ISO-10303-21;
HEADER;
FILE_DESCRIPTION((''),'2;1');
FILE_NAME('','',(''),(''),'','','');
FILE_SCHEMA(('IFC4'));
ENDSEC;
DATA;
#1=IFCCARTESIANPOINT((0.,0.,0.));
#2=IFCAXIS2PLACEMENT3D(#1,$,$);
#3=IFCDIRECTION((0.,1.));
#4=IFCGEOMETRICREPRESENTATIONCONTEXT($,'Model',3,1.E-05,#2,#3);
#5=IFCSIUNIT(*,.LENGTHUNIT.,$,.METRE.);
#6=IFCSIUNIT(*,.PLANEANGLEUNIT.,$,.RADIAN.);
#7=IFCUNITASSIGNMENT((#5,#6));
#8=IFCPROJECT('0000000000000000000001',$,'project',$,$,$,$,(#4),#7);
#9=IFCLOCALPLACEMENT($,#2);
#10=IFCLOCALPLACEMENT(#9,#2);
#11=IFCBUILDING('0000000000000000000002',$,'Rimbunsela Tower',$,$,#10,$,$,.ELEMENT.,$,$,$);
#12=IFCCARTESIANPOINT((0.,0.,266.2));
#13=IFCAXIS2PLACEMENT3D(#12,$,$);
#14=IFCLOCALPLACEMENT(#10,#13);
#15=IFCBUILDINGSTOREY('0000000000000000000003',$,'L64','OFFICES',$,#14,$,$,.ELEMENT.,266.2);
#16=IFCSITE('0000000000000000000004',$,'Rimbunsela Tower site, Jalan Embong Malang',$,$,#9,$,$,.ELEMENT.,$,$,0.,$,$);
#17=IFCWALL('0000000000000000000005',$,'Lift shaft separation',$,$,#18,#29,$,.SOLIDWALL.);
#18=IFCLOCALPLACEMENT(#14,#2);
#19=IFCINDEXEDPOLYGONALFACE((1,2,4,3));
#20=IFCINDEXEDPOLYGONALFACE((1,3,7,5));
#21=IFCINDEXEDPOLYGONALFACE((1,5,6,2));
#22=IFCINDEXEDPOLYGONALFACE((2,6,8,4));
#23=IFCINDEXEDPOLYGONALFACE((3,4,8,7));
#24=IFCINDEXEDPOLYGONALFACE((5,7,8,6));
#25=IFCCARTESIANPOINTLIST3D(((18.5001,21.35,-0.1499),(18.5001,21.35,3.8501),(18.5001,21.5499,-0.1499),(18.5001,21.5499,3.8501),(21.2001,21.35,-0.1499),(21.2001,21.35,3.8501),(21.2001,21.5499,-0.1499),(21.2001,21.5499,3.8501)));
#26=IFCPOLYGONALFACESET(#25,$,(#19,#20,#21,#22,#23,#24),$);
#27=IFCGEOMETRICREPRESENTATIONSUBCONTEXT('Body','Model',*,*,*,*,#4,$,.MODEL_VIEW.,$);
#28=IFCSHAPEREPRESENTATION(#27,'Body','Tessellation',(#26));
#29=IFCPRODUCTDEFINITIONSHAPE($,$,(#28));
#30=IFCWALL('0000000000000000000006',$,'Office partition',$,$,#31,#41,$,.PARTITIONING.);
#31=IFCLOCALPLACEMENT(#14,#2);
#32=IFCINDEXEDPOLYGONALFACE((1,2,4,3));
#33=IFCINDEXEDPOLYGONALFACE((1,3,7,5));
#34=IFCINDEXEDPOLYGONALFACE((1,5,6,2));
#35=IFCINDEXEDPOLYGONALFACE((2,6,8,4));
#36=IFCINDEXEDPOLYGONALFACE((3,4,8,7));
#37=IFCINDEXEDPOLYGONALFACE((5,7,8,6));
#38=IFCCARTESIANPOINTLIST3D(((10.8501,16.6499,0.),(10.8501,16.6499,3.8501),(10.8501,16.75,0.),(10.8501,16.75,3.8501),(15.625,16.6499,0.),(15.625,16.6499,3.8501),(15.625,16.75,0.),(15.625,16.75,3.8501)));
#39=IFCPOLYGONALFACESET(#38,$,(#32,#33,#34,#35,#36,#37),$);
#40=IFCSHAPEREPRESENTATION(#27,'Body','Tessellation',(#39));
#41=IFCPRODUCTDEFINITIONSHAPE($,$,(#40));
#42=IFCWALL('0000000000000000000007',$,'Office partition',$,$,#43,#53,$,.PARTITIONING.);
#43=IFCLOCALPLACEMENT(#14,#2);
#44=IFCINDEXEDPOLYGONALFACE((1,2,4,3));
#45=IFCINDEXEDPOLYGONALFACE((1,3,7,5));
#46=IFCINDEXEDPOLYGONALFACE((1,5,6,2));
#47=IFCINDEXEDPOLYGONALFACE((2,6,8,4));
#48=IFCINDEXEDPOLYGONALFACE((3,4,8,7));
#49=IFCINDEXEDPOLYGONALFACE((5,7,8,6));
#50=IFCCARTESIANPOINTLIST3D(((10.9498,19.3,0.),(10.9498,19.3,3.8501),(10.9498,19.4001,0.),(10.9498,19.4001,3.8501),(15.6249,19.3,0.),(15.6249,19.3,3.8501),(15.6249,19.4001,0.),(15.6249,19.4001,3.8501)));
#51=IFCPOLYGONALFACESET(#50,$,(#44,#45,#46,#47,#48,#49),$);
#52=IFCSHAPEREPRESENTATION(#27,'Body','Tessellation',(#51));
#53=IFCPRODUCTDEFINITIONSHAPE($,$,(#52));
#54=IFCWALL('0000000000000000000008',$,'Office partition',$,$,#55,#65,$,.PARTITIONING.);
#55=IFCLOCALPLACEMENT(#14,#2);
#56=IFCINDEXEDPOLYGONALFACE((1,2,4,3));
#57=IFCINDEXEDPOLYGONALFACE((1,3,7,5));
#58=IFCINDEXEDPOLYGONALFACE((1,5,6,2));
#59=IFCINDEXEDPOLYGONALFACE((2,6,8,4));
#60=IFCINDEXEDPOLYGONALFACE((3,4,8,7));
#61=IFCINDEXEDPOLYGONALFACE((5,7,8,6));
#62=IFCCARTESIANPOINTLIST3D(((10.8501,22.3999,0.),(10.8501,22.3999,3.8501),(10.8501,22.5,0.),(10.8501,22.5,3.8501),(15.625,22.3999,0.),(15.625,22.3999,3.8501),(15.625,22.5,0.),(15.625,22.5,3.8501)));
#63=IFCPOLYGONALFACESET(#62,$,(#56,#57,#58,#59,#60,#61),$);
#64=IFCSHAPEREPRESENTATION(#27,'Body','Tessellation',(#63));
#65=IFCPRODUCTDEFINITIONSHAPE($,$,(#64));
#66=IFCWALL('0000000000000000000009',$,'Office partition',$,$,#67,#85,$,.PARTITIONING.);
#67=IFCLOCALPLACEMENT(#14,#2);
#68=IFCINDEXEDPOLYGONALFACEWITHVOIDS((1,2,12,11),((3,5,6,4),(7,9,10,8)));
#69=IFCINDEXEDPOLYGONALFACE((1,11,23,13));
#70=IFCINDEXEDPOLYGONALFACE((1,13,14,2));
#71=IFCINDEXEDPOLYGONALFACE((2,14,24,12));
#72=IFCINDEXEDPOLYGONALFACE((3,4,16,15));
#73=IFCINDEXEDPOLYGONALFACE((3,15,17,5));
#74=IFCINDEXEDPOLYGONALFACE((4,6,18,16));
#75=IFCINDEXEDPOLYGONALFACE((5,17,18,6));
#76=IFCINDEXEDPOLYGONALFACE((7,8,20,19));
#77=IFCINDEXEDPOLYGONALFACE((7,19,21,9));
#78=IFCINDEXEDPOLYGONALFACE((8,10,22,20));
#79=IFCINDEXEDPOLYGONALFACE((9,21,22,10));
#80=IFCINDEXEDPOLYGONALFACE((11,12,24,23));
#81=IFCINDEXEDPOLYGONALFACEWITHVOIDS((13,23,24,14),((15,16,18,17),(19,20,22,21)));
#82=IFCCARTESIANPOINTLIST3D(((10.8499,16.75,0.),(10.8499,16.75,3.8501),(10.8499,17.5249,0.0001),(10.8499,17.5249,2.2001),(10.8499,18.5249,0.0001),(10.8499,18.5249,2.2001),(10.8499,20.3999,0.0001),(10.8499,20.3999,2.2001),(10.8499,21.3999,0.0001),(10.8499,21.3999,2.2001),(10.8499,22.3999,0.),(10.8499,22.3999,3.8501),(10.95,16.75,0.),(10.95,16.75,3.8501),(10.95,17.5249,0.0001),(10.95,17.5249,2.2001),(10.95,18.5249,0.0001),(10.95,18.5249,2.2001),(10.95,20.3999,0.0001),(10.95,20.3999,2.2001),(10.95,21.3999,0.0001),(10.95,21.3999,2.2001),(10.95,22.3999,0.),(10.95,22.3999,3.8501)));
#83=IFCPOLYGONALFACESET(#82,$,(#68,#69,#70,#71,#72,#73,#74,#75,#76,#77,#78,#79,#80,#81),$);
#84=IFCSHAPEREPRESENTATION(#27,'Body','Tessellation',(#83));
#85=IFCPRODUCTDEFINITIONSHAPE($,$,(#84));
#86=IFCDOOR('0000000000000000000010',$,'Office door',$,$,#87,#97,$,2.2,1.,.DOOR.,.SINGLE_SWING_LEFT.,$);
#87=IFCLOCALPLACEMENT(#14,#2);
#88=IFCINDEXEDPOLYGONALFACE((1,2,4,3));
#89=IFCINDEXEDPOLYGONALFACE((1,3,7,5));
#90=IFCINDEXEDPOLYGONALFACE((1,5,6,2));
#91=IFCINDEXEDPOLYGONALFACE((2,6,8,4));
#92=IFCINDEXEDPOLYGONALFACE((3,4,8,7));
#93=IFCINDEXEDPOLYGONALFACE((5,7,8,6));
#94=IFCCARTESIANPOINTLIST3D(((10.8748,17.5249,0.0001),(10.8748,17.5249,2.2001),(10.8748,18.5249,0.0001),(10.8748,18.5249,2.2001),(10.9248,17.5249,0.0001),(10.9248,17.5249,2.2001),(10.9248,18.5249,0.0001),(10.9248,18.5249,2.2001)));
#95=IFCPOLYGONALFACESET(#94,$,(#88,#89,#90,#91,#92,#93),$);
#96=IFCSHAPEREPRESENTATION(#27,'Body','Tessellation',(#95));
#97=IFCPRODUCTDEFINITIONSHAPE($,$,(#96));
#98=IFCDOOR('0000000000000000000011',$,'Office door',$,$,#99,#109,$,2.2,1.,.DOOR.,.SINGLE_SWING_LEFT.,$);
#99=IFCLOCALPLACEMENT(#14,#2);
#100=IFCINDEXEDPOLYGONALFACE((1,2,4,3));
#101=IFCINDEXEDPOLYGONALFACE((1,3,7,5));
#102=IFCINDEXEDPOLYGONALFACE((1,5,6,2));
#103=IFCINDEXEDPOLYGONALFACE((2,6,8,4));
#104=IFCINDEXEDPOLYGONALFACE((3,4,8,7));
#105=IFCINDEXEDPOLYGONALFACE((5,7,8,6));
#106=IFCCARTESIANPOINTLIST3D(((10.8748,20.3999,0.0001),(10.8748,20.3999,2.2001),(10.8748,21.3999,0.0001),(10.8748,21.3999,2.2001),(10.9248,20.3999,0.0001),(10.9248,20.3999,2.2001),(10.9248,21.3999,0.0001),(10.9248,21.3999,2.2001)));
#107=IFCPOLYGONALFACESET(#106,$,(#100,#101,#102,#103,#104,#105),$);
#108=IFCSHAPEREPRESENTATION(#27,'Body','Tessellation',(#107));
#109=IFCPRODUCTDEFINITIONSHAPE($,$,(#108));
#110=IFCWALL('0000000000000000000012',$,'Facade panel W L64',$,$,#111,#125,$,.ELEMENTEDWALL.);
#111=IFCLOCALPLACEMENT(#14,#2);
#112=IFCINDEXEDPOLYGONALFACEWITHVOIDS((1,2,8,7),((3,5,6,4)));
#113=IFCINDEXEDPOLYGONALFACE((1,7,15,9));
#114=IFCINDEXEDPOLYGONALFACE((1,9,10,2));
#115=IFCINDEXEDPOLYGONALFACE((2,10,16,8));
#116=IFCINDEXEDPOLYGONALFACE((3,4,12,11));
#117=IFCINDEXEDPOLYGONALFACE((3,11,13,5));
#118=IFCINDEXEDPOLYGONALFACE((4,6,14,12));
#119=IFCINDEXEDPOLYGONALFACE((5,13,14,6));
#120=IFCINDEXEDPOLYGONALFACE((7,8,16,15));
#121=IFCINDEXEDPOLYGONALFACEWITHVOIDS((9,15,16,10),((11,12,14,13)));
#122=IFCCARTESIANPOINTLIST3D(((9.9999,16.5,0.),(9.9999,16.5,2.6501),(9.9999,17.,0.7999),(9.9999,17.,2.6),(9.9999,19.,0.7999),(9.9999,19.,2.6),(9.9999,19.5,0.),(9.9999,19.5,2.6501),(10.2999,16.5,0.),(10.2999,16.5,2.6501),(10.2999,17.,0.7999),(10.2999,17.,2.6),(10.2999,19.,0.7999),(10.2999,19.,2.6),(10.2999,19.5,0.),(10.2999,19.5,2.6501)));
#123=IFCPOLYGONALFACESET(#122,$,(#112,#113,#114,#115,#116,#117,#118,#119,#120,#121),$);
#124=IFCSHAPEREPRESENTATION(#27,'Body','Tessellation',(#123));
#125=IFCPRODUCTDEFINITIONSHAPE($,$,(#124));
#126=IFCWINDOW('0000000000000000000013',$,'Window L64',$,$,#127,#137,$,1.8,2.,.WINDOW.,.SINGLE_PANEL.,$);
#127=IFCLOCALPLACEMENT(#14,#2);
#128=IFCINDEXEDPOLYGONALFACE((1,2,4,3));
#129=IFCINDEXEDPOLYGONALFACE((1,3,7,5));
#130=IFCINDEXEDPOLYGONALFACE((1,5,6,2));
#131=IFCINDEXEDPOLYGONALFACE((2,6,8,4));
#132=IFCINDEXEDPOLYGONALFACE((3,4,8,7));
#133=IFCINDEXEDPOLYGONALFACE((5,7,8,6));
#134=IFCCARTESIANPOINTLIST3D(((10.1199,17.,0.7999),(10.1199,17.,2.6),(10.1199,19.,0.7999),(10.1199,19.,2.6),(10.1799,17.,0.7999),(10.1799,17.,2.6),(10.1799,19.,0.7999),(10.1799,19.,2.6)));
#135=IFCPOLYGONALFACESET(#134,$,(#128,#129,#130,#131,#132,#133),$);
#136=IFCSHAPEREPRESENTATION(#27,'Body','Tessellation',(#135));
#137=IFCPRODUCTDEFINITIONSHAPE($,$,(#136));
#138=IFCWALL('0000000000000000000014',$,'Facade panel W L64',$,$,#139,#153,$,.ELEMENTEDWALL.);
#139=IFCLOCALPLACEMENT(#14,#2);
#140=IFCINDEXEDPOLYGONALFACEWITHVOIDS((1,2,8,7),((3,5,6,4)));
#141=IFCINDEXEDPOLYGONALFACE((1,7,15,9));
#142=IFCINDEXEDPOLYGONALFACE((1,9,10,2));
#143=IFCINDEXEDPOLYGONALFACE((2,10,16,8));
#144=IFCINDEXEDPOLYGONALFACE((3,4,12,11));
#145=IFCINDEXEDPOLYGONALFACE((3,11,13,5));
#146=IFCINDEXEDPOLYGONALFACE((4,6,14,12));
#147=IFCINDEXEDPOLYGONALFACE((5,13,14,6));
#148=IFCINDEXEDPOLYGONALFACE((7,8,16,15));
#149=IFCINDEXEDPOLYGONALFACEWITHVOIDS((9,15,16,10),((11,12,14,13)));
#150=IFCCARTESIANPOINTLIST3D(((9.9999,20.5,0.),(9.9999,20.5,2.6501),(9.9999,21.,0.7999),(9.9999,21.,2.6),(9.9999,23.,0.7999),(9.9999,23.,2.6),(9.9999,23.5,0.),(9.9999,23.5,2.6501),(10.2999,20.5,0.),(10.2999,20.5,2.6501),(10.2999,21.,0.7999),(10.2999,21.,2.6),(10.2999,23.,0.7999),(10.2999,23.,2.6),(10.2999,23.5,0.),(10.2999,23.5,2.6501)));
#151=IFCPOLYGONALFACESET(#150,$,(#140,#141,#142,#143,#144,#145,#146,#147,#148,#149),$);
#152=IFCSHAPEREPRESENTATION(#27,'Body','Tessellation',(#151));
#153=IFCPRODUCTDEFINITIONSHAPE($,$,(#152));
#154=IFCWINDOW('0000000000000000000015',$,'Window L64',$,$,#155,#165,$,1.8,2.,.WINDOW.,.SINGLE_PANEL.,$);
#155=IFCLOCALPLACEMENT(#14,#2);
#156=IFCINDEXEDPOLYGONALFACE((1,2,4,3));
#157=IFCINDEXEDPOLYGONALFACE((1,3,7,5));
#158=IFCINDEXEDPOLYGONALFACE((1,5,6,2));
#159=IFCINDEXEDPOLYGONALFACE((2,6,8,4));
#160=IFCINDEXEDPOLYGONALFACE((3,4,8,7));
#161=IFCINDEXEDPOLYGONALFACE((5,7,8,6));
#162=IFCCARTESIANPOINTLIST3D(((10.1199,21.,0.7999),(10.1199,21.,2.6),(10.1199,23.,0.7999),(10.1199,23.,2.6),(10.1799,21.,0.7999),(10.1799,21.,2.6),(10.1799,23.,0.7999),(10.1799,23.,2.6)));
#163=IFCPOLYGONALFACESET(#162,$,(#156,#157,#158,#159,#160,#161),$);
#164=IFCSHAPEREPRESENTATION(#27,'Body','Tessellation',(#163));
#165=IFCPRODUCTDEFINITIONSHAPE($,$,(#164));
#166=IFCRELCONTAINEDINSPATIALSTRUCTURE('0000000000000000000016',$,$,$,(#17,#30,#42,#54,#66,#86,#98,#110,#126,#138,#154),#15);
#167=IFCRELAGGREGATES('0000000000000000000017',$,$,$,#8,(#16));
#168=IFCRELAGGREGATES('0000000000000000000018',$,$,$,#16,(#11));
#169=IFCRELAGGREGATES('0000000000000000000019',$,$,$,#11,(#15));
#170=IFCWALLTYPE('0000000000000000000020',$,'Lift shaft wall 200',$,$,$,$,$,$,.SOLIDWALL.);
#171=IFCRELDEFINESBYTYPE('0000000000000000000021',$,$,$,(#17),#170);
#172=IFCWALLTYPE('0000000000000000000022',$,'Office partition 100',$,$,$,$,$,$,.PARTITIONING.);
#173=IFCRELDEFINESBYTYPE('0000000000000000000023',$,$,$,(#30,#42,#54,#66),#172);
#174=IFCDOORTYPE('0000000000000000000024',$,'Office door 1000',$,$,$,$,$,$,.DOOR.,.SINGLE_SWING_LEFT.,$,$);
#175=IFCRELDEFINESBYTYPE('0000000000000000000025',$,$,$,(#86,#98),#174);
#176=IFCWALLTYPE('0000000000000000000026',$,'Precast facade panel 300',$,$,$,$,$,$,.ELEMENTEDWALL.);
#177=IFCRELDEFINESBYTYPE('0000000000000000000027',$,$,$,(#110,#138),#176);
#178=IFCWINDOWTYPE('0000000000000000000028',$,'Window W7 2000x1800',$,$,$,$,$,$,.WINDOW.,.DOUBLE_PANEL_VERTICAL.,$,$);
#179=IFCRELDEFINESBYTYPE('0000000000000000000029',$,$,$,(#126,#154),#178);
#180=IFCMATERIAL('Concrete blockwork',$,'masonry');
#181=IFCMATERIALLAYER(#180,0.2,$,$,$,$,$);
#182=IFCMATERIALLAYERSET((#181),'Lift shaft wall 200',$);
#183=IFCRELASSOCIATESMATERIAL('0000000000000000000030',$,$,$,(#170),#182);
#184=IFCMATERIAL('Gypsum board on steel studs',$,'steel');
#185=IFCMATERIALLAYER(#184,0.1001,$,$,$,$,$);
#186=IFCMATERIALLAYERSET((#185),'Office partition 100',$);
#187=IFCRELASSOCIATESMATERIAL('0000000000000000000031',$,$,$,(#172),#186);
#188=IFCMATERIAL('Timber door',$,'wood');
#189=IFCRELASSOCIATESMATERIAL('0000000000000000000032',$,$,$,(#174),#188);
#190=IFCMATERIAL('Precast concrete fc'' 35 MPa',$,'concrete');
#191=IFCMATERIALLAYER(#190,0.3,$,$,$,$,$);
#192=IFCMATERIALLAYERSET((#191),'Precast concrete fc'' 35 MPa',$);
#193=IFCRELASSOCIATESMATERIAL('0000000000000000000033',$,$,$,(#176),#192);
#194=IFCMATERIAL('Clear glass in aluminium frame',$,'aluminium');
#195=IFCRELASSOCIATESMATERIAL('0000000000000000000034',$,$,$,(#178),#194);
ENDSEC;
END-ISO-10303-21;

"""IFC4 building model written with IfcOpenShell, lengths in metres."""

from ifc_helpers import new_model, si_unit, direction, frame, frame_2d, origin, place, context, subcontext, project, spatial, rectangle, extrude, material, layer, layer_set, type_object, element, fill, save


model = new_model("IFC4")

# Units and contexts
model_context = context("Model", 3, precision=1e-05, world=origin(), true_north=direction((0.0, 1.0)))
body_context = subcontext(model_context, "Body", "Model", "MODEL_VIEW")
ifc_project = project(units=[si_unit("LENGTHUNIT", "METRE"), si_unit("PLANEANGLEUNIT", "RADIAN")], contexts=[model_context])

# Site, building, storey
site_placement = place(None, origin())
site = spatial("IfcSite", under=ifc_project, at=site_placement, Name="Rimbunsela Tower site, Jalan Embong Malang", CompositionType="ELEMENT", RefElevation=0.0)
building_placement = place(site_placement, origin())
building = spatial("IfcBuilding", under=site, at=building_placement, Name="Rimbunsela Tower", CompositionType="ELEMENT")
storey_placement = place(building_placement, frame((0.0, 0.0, 266.2)))
storey = spatial("IfcBuildingStorey", under=building, at=storey_placement, Name="L64", Description="OFFICES", CompositionType="ELEMENT", Elevation=266.2)

# Walls
ifc_material_1 = material(Name="Concrete blockwork", Category="masonry")
ifc_layer_1 = layer(ifc_material_1, 0.2)
ifc_layer_set_1 = layer_set([ifc_layer_1], Name="Lift shaft wall 200")
wall_type_1 = type_object("IfcWallType", Name="Lift shaft wall 200", PredefinedType="SOLIDWALL", material=ifc_layer_set_1)
wall_1_placement = place(storey_placement, frame((18.5, 21.45, -0.1499), z_axis=(0.0, 0.0, 1.0), x_axis=(1.0, 0.0, 0.0)))
element("IfcWall", 1, at=wall_1_placement, inside=storey, type_object=wall_type_1, Name="Lift shaft separation", PredefinedType="SOLIDWALL", context=body_context, shape_type="SweptSolid", body=[
    extrude(rectangle(XDim=2.7, YDim=0.2, at=frame_2d((1.3501, 0.0))), origin(), (0.0, 0.0, 1.0), 4.0),
])
ifc_material_2 = material(Name="Gypsum board on steel studs", Category="steel")
ifc_layer_2 = layer(ifc_material_2, 0.1001)
ifc_layer_set_2 = layer_set([ifc_layer_2], Name="Office partition 100")
wall_type_2 = type_object("IfcWallType", Name="Office partition 100", PredefinedType="PARTITIONING", material=ifc_layer_set_2)
wall_2_placement = place(storey_placement, frame((10.8501, 16.7, 0.0), z_axis=(0.0, 0.0, 1.0), x_axis=(1.0, 0.0, 0.0)))
element("IfcWall", 2, at=wall_2_placement, inside=storey, type_object=wall_type_2, Name="Office partition", PredefinedType="PARTITIONING", context=body_context, shape_type="SweptSolid", body=[
    extrude(rectangle(XDim=4.7749, YDim=0.1001, at=frame_2d((2.3875, 0.0))), origin(), (0.0, 0.0, 1.0), 3.8501),
])
wall_3_placement = place(storey_placement, frame((10.95, 19.3501, 0.0), z_axis=(0.0, 0.0, 1.0), x_axis=(1.0, 0.0, 0.0)))
element("IfcWall", 3, at=wall_3_placement, inside=storey, type_object=wall_type_2, Name="Office partition", PredefinedType="PARTITIONING", context=body_context, shape_type="SweptSolid", body=[
    extrude(rectangle(XDim=4.675, YDim=0.1001, at=frame_2d((2.3374, 0.0))), origin(), (0.0, 0.0, 1.0), 3.8501),
])
wall_4_placement = place(storey_placement, frame((10.8501, 22.45, 0.0), z_axis=(0.0, 0.0, 1.0), x_axis=(1.0, 0.0, 0.0)))
element("IfcWall", 4, at=wall_4_placement, inside=storey, type_object=wall_type_2, Name="Office partition", PredefinedType="PARTITIONING", context=body_context, shape_type="SweptSolid", body=[
    extrude(rectangle(XDim=4.7749, YDim=0.1001, at=frame_2d((2.3875, 0.0))), origin(), (0.0, 0.0, 1.0), 3.8501),
])

# Wall, openings, doors
wall_5_placement = place(storey_placement, frame((10.8999, 16.75, 0.0), z_axis=(0.0, 0.0, 1.0), x_axis=(0.0, 1.0, 0.0)))
wall_5 = element("IfcWall", 5, at=wall_5_placement, inside=storey, type_object=wall_type_2, Name="Office partition", PredefinedType="PARTITIONING", context=body_context, shape_type="SweptSolid", body=[
    extrude(rectangle(XDim=5.6499, YDim=0.1001, at=frame_2d((2.825, 0.0))), origin(), (0.0, 0.0, 1.0), 3.8501),
])
opening_1_placement = place(wall_5_placement, frame((0.7749, 0.0, 0.0)))
opening_1 = element("IfcOpeningElement", 6, at=opening_1_placement, cuts=wall_5, PredefinedType="OPENING", context=body_context, shape_type="SweptSolid", body=[
    extrude(rectangle(XDim=1.0, YDim=2.2, at=frame_2d((0.5, 1.1001))), frame((0.0, 0.0601, 0.0), z_axis=(0.0, -1.0, 0.0), x_axis=(1.0, 0.0, 0.0)), (0.0, 0.0, 1.0), 0.1201),
])
opening_2_placement = place(wall_5_placement, frame((3.6499, 0.0, 0.0)))
opening_2 = element("IfcOpeningElement", 7, at=opening_2_placement, cuts=wall_5, PredefinedType="OPENING", context=body_context, shape_type="SweptSolid", body=[
    extrude(rectangle(XDim=1.0, YDim=2.2, at=frame_2d((0.5, 1.1001))), frame((0.0, 0.0601, 0.0), z_axis=(0.0, -1.0, 0.0), x_axis=(1.0, 0.0, 0.0)), (0.0, 0.0, 1.0), 0.1201),
])
ifc_material_3 = material(Name="Timber door", Category="wood")
door_type_1 = type_object("IfcDoorType", Name="Office door 1000", OperationType="SINGLE_SWING_LEFT", PredefinedType="DOOR", material=ifc_material_3)
door_1_placement = place(opening_1_placement, frame((1.0, 0.0, 0.0), z_axis=(0.0, 0.0, 1.0), x_axis=(-1.0, 0.0, 0.0)))
door_1 = element("IfcDoor", 8, at=door_1_placement, inside=storey, type_object=door_type_1, Name="Office door", OperationType="SINGLE_SWING_LEFT", OverallHeight=2.2, OverallWidth=1.0, PredefinedType="DOOR", context=body_context, shape_type="SweptSolid", body=[
    extrude(rectangle(XDim=1.0, YDim=2.2, at=frame_2d((0.5, 1.1001))), frame((0.0, 0.0249, 0.0), z_axis=(0.0, -1.0, 0.0), x_axis=(1.0, 0.0, 0.0)), (0.0, 0.0, 1.0), 0.05),
])
fill(opening_1, door_1)
door_2_placement = place(opening_2_placement, frame((1.0, 0.0, 0.0), z_axis=(0.0, 0.0, 1.0), x_axis=(-1.0, 0.0, 0.0)))
door_2 = element("IfcDoor", 9, at=door_2_placement, inside=storey, type_object=door_type_1, Name="Office door", OperationType="SINGLE_SWING_LEFT", OverallHeight=2.2, OverallWidth=1.0, PredefinedType="DOOR", context=body_context, shape_type="SweptSolid", body=[
    extrude(rectangle(XDim=1.0, YDim=2.2, at=frame_2d((0.5, 1.1001))), frame((0.0, 0.0249, 0.0), z_axis=(0.0, -1.0, 0.0), x_axis=(1.0, 0.0, 0.0)), (0.0, 0.0, 1.0), 0.05),
])
fill(opening_2, door_2)

# Walls, openings, windows
ifc_material_4 = material(Name="Precast concrete fc' 35 MPa", Category="concrete")
ifc_layer_3 = layer(ifc_material_4, 0.3)
ifc_layer_set_3 = layer_set([ifc_layer_3], Name="Precast concrete fc' 35 MPa")
wall_type_3 = type_object("IfcWallType", Name="Precast facade panel 300", PredefinedType="ELEMENTEDWALL", material=ifc_layer_set_3)
wall_6_placement = place(storey_placement, frame((10.1499, 19.5, 0.0), z_axis=(0.0, 0.0, 1.0), x_axis=(0.0, -1.0, 0.0)))
wall_6 = element("IfcWall", 10, at=wall_6_placement, inside=storey, type_object=wall_type_3, Name="Facade panel W L64", PredefinedType="ELEMENTEDWALL", context=body_context, shape_type="SweptSolid", body=[
    extrude(rectangle(XDim=3.0, YDim=0.3, at=frame_2d((1.5, 0.0))), origin(), (0.0, 0.0, 1.0), 2.6501),
])
opening_3_placement = place(wall_6_placement, frame((0.5, 0.0, 0.8)))
opening_3 = element("IfcOpeningElement", 11, at=opening_3_placement, cuts=wall_6, PredefinedType="OPENING", context=body_context, shape_type="SweptSolid", body=[
    extrude(rectangle(XDim=2.0, YDim=1.8, at=frame_2d((1.0, 0.8999))), frame((0.0, 0.1599, 0.0), z_axis=(0.0, -1.0, 0.0), x_axis=(1.0, 0.0, 0.0)), (0.0, 0.0, 1.0), 0.3201),
])
ifc_material_5 = material(Name="Clear glass in aluminium frame", Category="aluminium")
window_type = type_object("IfcWindowType", Name="Window W7 2000x1800", PartitioningType="DOUBLE_PANEL_VERTICAL", PredefinedType="WINDOW", material=ifc_material_5)
window_1_placement = place(opening_3_placement, origin())
window_1 = element("IfcWindow", 12, at=window_1_placement, inside=storey, type_object=window_type, Name="Window L64", OverallHeight=1.8, OverallWidth=2.0, PartitioningType="SINGLE_PANEL", PredefinedType="WINDOW", context=body_context, shape_type="SweptSolid", body=[
    extrude(rectangle(XDim=2.0, YDim=1.8, at=frame_2d((1.0, 0.8999))), frame((0.0, 0.03, 0.0), z_axis=(0.0, -1.0, 0.0), x_axis=(1.0, 0.0, 0.0)), (0.0, 0.0, 1.0), 0.0601),
])
fill(opening_3, window_1)
wall_7_placement = place(storey_placement, frame((10.1499, 23.5, 0.0), z_axis=(0.0, 0.0, 1.0), x_axis=(0.0, -1.0, 0.0)))
wall_7 = element("IfcWall", 13, at=wall_7_placement, inside=storey, type_object=wall_type_3, Name="Facade panel W L64", PredefinedType="ELEMENTEDWALL", context=body_context, shape_type="SweptSolid", body=[
    extrude(rectangle(XDim=3.0, YDim=0.3, at=frame_2d((1.5, 0.0))), origin(), (0.0, 0.0, 1.0), 2.6501),
])
opening_4_placement = place(wall_7_placement, frame((0.5, 0.0, 0.8)))
opening_4 = element("IfcOpeningElement", 14, at=opening_4_placement, cuts=wall_7, PredefinedType="OPENING", context=body_context, shape_type="SweptSolid", body=[
    extrude(rectangle(XDim=2.0, YDim=1.8, at=frame_2d((1.0, 0.8999))), frame((0.0, 0.1599, 0.0), z_axis=(0.0, -1.0, 0.0), x_axis=(1.0, 0.0, 0.0)), (0.0, 0.0, 1.0), 0.3201),
])
window_2_placement = place(opening_4_placement, origin())
window_2 = element("IfcWindow", 15, at=window_2_placement, inside=storey, type_object=window_type, Name="Window L64", OverallHeight=1.8, OverallWidth=2.0, PartitioningType="SINGLE_PANEL", PredefinedType="WINDOW", context=body_context, shape_type="SweptSolid", body=[
    extrude(rectangle(XDim=2.0, YDim=1.8, at=frame_2d((1.0, 0.8999))), frame((0.0, 0.03, 0.0), z_axis=(0.0, -1.0, 0.0), x_axis=(1.0, 0.0, 0.0)), (0.0, 0.0, 1.0), 0.0601),
])
fill(opening_4, window_2)

save(model, "model.ifc")
